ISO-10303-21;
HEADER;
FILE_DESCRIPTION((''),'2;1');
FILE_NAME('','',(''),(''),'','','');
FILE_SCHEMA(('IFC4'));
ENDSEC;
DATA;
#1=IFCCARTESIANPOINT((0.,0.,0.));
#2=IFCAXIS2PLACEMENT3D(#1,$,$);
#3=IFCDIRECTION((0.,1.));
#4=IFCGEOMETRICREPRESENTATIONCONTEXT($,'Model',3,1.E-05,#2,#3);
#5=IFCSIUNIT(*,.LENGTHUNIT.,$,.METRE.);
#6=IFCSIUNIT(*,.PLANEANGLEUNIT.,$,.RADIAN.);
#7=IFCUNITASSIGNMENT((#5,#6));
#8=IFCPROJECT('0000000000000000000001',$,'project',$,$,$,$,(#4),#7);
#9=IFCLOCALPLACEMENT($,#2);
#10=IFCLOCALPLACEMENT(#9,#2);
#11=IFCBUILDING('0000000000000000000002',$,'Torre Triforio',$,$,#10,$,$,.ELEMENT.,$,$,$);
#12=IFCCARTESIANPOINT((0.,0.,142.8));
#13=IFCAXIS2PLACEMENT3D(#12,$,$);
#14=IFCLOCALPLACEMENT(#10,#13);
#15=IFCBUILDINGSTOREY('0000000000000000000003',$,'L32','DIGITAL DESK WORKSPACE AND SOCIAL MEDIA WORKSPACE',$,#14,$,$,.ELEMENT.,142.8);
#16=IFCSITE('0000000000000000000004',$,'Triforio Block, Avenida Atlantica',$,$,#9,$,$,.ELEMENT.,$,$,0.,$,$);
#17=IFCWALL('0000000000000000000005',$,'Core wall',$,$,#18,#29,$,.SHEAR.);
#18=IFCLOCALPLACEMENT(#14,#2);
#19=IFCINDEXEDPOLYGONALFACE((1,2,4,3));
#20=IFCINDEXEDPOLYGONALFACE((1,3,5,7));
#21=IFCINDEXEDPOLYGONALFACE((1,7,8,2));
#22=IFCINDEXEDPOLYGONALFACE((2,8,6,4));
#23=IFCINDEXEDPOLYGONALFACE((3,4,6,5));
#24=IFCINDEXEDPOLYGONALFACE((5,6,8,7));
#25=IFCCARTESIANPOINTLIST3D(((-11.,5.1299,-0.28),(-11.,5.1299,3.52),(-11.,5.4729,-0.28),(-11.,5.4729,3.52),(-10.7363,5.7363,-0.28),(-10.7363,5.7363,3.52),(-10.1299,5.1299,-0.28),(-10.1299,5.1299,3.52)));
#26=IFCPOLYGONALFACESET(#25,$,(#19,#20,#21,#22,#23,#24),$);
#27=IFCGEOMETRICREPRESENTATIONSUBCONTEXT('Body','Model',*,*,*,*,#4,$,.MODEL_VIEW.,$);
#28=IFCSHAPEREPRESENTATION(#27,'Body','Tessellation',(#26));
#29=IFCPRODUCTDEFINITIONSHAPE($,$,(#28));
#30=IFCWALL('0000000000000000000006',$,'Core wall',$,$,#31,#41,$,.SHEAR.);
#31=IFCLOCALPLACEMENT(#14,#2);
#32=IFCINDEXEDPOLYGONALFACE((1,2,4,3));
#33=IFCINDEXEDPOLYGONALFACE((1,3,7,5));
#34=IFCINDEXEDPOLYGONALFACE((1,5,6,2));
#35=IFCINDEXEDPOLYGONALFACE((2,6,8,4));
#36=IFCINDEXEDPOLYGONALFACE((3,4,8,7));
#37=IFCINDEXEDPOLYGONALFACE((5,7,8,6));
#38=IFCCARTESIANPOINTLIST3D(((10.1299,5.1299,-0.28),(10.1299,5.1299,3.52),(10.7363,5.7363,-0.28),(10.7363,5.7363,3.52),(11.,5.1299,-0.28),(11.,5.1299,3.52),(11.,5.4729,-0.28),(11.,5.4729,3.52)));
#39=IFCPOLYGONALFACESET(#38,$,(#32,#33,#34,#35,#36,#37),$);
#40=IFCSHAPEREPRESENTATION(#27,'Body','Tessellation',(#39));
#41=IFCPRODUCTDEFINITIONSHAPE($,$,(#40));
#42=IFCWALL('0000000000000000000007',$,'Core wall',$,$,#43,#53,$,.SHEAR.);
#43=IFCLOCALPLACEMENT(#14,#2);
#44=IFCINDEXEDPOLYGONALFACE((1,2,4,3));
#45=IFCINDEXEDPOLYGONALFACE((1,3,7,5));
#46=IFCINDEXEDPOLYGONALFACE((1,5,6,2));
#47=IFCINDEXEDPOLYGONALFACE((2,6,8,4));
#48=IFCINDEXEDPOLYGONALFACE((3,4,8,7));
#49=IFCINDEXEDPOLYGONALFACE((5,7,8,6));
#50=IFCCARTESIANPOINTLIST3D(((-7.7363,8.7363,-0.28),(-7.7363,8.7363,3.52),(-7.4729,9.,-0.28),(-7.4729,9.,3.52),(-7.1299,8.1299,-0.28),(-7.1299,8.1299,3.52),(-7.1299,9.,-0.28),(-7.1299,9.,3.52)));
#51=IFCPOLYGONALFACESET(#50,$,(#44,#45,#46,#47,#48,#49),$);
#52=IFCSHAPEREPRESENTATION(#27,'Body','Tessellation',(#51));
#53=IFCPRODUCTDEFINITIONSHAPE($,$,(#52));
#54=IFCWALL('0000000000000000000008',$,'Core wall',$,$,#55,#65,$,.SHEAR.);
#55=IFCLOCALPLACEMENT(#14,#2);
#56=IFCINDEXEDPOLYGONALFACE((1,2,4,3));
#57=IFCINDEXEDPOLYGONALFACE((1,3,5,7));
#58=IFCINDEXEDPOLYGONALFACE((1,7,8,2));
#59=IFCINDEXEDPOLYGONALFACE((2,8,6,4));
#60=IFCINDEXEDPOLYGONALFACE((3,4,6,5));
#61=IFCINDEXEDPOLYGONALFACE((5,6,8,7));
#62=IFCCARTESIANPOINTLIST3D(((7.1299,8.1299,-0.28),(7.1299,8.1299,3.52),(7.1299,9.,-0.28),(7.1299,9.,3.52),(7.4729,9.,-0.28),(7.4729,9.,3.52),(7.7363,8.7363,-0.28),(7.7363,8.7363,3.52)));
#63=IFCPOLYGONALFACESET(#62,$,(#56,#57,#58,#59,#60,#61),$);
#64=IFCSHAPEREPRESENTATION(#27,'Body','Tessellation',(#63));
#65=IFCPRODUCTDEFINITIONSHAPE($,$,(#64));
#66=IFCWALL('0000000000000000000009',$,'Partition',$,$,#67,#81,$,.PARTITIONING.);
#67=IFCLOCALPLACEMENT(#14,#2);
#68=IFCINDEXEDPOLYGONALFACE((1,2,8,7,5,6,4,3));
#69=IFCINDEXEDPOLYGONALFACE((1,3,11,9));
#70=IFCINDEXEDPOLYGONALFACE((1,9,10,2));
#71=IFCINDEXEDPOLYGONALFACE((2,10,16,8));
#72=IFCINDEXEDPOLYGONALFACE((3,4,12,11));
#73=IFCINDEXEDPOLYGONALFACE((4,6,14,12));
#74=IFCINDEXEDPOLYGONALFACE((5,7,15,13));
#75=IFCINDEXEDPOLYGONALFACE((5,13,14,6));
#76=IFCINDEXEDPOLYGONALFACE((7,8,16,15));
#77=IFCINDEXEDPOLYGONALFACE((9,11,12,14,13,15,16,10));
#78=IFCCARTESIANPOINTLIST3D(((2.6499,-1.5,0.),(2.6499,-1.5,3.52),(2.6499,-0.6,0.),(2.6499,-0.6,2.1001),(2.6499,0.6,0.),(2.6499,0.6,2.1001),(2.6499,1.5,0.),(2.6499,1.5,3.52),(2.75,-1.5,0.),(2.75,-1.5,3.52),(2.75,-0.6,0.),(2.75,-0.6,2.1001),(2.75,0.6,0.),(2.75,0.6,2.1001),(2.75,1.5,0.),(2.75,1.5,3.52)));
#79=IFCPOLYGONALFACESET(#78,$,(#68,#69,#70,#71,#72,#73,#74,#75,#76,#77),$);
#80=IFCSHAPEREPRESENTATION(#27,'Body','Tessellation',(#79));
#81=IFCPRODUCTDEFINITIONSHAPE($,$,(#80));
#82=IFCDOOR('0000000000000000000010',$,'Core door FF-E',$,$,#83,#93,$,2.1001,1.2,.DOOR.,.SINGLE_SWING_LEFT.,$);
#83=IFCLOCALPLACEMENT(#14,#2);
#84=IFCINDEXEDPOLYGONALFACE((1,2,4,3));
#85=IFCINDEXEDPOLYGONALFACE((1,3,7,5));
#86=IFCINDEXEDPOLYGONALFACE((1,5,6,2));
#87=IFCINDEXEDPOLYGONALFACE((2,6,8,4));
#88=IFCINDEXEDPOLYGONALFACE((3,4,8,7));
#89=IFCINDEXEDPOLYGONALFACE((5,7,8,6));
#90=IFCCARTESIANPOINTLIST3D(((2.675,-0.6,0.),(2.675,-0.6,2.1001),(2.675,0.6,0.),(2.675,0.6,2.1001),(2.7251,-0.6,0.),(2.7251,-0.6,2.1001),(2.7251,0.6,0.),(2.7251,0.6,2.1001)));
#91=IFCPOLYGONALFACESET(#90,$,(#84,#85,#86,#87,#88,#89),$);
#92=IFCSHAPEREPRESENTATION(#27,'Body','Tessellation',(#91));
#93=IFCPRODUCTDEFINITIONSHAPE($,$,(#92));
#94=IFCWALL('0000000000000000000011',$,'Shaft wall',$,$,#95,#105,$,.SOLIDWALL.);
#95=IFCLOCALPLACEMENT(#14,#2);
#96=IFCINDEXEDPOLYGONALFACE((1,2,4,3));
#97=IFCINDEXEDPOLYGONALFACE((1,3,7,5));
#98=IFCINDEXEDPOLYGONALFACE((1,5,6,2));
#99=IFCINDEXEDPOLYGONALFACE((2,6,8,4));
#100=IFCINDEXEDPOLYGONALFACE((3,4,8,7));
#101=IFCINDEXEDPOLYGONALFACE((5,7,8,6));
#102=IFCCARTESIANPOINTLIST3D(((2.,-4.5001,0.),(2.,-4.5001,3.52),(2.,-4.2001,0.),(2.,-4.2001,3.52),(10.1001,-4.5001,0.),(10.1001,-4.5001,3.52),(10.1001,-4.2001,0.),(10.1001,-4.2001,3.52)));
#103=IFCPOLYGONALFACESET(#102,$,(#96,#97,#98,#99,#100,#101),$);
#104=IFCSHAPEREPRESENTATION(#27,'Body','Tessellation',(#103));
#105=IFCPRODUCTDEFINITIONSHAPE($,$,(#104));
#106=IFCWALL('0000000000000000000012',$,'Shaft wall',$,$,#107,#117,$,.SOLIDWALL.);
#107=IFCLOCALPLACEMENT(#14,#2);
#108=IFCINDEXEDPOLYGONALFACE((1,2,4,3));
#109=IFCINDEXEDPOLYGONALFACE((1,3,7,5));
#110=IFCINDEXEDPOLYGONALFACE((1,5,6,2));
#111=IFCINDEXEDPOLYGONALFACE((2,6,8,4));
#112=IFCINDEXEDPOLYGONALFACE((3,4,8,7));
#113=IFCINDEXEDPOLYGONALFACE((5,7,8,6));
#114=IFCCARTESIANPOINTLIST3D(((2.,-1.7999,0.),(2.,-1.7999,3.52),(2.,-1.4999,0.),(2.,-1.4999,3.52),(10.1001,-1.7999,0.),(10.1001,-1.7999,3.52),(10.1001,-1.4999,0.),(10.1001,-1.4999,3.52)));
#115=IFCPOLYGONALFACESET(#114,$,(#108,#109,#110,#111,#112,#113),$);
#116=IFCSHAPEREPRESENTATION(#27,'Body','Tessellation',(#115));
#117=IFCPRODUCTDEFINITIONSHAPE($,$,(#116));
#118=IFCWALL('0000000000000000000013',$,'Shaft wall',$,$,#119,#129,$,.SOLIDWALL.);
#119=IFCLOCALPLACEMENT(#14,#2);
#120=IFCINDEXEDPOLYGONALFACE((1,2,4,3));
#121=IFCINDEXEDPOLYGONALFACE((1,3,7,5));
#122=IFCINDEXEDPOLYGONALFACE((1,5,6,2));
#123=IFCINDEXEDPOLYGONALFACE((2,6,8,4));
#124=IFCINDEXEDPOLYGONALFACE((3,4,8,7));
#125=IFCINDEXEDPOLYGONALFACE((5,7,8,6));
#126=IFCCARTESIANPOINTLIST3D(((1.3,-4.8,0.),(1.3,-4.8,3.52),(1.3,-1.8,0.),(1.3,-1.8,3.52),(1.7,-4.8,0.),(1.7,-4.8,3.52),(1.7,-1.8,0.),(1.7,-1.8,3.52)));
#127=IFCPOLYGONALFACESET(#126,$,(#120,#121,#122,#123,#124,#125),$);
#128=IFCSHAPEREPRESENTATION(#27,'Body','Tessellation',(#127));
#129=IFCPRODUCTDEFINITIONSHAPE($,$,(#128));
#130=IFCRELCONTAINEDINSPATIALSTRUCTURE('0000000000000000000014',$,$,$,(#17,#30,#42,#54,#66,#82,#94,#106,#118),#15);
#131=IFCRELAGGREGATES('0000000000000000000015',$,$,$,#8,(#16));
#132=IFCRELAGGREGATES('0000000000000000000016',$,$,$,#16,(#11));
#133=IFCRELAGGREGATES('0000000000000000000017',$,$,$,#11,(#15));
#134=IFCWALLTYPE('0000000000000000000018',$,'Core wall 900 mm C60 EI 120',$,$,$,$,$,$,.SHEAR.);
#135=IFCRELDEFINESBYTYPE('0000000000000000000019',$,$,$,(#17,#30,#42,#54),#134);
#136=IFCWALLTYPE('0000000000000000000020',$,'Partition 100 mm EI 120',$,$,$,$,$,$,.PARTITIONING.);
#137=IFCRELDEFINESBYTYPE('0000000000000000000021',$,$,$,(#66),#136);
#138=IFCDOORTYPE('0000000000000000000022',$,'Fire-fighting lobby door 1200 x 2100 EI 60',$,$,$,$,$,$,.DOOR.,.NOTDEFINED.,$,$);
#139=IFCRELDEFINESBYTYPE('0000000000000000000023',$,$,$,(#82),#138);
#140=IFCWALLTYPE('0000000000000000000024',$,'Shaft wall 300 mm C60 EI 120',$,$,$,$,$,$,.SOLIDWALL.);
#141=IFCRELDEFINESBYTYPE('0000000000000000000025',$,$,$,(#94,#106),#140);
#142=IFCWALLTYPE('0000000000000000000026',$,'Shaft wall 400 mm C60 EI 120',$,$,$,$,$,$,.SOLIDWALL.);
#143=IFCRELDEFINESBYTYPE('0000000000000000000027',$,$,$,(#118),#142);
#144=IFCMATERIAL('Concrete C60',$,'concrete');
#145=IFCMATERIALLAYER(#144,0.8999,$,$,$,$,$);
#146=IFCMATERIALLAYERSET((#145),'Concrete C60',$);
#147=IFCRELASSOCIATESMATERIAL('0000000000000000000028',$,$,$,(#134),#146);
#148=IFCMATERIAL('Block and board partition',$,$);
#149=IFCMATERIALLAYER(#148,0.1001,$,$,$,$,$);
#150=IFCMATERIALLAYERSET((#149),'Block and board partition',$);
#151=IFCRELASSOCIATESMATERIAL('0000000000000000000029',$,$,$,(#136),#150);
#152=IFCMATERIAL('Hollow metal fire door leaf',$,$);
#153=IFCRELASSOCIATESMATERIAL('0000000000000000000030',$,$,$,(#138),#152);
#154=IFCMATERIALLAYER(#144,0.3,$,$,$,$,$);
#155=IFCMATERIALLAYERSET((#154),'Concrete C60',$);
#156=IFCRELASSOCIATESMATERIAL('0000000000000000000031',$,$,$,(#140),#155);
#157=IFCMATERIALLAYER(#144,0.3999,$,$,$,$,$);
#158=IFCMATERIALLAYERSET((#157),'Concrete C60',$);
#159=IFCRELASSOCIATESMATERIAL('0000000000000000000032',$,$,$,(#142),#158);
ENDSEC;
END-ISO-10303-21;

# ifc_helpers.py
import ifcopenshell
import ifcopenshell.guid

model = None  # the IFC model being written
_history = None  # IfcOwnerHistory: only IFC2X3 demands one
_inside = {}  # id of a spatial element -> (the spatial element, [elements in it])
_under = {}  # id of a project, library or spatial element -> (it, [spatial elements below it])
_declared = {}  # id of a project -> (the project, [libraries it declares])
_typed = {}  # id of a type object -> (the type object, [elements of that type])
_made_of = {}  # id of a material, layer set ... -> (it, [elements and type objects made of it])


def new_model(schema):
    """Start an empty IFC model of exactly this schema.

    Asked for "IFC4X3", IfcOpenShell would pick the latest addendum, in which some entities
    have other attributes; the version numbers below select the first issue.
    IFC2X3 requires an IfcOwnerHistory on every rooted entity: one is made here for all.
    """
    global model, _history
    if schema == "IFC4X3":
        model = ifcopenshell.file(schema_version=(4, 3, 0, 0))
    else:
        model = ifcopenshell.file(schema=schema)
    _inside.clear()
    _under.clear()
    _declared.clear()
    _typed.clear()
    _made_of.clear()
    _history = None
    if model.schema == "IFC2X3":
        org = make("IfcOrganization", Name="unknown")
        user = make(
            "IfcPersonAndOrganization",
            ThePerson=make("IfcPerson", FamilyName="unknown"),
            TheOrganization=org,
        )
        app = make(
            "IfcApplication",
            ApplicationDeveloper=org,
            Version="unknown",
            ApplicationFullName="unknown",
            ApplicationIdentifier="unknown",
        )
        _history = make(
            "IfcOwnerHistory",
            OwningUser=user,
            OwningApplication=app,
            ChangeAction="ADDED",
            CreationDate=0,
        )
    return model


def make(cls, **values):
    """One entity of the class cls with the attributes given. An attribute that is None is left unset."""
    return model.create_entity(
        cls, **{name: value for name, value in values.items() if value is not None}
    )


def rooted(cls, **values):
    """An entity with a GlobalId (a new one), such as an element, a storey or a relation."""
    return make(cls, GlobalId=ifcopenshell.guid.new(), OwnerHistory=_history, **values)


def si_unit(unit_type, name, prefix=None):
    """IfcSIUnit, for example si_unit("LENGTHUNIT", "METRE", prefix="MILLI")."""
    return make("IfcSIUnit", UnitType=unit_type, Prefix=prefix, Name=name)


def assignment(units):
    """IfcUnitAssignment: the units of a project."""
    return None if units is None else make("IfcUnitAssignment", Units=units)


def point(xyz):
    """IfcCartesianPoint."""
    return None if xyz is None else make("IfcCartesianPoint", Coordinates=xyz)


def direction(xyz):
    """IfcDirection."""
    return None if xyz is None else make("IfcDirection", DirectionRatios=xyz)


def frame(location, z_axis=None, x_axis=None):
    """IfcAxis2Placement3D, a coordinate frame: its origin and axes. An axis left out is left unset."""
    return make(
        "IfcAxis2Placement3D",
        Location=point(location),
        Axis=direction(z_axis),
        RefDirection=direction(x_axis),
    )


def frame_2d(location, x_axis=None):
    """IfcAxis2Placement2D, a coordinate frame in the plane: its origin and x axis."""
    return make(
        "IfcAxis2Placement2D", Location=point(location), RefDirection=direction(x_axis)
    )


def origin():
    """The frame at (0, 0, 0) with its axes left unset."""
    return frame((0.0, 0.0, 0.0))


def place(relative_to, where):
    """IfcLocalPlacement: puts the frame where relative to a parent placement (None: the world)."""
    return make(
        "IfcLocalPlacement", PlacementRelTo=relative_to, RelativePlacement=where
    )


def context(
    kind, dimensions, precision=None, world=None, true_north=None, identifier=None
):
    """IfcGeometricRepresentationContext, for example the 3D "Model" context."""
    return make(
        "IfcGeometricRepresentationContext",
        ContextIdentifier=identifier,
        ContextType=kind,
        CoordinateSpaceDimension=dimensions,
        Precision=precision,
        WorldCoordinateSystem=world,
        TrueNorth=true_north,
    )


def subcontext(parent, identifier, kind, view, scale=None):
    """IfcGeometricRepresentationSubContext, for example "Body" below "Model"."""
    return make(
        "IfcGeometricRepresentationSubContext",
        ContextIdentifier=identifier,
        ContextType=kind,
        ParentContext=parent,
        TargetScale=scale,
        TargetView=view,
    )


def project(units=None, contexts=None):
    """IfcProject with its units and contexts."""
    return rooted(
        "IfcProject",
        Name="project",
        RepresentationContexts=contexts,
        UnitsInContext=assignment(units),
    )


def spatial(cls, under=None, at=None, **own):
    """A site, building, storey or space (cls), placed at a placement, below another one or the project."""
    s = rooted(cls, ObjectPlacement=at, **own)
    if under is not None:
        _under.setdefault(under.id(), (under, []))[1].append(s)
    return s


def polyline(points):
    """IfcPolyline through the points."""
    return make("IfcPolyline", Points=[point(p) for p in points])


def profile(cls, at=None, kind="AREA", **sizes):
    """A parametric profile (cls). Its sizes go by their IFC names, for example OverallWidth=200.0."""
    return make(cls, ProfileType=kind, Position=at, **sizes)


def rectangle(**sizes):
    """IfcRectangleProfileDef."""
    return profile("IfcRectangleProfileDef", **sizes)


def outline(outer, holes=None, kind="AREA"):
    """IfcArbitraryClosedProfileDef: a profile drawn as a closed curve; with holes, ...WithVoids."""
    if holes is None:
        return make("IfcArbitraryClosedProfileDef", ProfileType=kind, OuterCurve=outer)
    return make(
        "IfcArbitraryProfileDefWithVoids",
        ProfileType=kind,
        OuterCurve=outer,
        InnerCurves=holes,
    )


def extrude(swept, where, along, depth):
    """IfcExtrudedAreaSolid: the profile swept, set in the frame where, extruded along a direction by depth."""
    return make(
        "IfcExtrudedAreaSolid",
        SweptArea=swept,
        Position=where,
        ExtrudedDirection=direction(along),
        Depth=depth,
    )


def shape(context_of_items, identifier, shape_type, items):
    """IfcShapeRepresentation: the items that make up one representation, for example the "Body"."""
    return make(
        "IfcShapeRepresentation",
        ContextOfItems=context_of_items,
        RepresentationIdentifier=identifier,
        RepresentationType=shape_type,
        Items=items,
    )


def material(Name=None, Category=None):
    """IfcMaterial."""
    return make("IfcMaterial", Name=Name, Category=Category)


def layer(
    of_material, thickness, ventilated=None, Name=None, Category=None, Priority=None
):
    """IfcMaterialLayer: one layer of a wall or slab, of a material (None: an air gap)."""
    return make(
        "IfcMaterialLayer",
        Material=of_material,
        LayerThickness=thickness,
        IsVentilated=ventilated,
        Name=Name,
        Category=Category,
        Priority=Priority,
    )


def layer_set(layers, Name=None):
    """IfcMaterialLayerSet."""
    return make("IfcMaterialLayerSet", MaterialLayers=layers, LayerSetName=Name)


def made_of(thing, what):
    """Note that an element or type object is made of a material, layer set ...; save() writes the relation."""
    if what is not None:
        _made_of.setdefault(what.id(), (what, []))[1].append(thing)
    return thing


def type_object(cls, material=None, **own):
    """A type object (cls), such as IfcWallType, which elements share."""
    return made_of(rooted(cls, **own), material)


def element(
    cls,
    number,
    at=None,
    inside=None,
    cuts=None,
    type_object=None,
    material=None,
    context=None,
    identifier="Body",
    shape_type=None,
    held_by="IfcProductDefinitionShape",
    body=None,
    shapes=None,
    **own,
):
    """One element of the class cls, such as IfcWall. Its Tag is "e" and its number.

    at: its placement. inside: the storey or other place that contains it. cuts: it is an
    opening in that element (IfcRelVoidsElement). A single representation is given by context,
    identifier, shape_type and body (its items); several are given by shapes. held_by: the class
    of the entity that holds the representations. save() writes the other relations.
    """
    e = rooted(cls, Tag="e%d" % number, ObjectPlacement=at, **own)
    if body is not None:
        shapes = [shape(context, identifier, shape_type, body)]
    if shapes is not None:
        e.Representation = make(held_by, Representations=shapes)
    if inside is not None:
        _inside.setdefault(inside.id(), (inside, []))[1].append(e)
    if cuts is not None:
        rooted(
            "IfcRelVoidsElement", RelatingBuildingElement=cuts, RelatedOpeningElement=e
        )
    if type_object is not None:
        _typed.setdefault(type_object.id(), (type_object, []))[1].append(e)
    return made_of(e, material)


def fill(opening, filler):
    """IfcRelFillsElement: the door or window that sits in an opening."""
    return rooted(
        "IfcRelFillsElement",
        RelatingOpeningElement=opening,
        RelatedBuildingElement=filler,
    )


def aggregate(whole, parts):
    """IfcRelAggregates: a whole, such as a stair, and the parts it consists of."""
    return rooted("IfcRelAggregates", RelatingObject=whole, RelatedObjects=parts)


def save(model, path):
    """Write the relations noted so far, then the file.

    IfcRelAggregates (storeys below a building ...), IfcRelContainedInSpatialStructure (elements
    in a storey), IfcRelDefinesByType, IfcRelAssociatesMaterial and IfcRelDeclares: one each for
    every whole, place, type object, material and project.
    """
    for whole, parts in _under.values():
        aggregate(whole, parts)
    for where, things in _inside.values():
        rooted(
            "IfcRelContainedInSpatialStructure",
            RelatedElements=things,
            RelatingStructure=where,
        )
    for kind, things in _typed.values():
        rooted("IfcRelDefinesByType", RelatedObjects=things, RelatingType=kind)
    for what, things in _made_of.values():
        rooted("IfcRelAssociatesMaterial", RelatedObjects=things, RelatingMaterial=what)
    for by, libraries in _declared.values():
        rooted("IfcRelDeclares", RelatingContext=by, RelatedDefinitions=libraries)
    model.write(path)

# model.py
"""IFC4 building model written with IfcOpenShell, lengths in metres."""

from ifc_helpers import new_model, si_unit, direction, frame, frame_2d, origin, place, context, subcontext, project, spatial, polyline, rectangle, outline, extrude, material, layer, layer_set, type_object, element, fill, save


model = new_model("IFC4")

# Units and contexts
model_context = context("Model", 3, precision=1e-05, world=origin(), true_north=direction((0.0, 1.0)))
body_context = subcontext(model_context, "Body", "Model", "MODEL_VIEW")
ifc_project = project(units=[si_unit("LENGTHUNIT", "METRE"), si_unit("PLANEANGLEUNIT", "RADIAN")], contexts=[model_context])

# Site, building, storey
site_placement = place(None, origin())
site = spatial("IfcSite", under=ifc_project, at=site_placement, Name="Triforio Block, Avenida Atlantica", CompositionType="ELEMENT", RefElevation=0.0)
building_placement = place(site_placement, origin())
building = spatial("IfcBuilding", under=site, at=building_placement, Name="Torre Triforio", CompositionType="ELEMENT")
storey_placement = place(building_placement, frame((0.0, 0.0, 142.8)))
storey = spatial("IfcBuildingStorey", under=building, at=storey_placement, Name="L32", Description="DIGITAL DESK WORKSPACE AND SOCIAL MEDIA WORKSPACE", CompositionType="ELEMENT", Elevation=142.8)

# Shared definitions
ifc_material_1 = material(Name="Concrete C60", Category="concrete")

# Walls
ifc_layer_1 = layer(ifc_material_1, 0.8999)
ifc_layer_set_1 = layer_set([ifc_layer_1], Name="Concrete C60")
wall_type_1 = type_object("IfcWallType", Name="Core wall 900 mm C60 EI 120", PredefinedType="SHEAR", material=ifc_layer_set_1)
wall_1_placement = place(storey_placement, frame((0.0, 0.0, -0.28)))
element("IfcWall", 1, at=wall_1_placement, inside=storey, type_object=wall_type_1, Name="Core wall", PredefinedType="SHEAR", context=body_context, shape_type="SweptSolid", body=[
    extrude(outline(polyline([(-10.7363, 5.7363), (-10.1299, 5.1299), (-11.0, 5.1299), (-11.0, 5.4729), (-10.7363, 5.7363)])), origin(), (0.0, 0.0, 1.0), 3.8),
])
wall_2_placement = place(storey_placement, frame((0.0, 0.0, -0.28)))
element("IfcWall", 2, at=wall_2_placement, inside=storey, type_object=wall_type_1, Name="Core wall", PredefinedType="SHEAR", context=body_context, shape_type="SweptSolid", body=[
    extrude(outline(polyline([(11.0, 5.4729), (11.0, 5.1299), (10.1299, 5.1299), (10.7363, 5.7363), (11.0, 5.4729)])), origin(), (0.0, 0.0, 1.0), 3.8),
])
wall_3_placement = place(storey_placement, frame((0.0, 0.0, -0.28)))
element("IfcWall", 3, at=wall_3_placement, inside=storey, type_object=wall_type_1, Name="Core wall", PredefinedType="SHEAR", context=body_context, shape_type="SweptSolid", body=[
    extrude(outline(polyline([(-7.4729, 9.0), (-7.1299, 9.0), (-7.1299, 8.1299), (-7.7363, 8.7363), (-7.4729, 9.0)])), origin(), (0.0, 0.0, 1.0), 3.8),
])
wall_4_placement = place(storey_placement, frame((0.0, 0.0, -0.28)))
element("IfcWall", 4, at=wall_4_placement, inside=storey, type_object=wall_type_1, Name="Core wall", PredefinedType="SHEAR", context=body_context, shape_type="SweptSolid", body=[
    extrude(outline(polyline([(7.4729, 9.0), (7.7363, 8.7363), (7.1299, 8.1299), (7.1299, 9.0), (7.4729, 9.0)])), origin(), (0.0, 0.0, 1.0), 3.8),
])

# Wall, opening, door
ifc_material_2 = material(Name="Block and board partition")
ifc_layer_2 = layer(ifc_material_2, 0.1001)
ifc_layer_set_2 = layer_set([ifc_layer_2], Name="Block and board partition")
wall_type_2 = type_object("IfcWallType", Name="Partition 100 mm EI 120", PredefinedType="PARTITIONING", material=ifc_layer_set_2)
wall_5_placement = place(storey_placement, frame((2.7, -1.5, 0.0), z_axis=(0.0, 0.0, 1.0), x_axis=(0.0, 1.0, 0.0)))
wall_5 = element("IfcWall", 5, at=wall_5_placement, inside=storey, type_object=wall_type_2, Name="Partition", PredefinedType="PARTITIONING", context=body_context, shape_type="SweptSolid", body=[
    extrude(rectangle(XDim=3.0, YDim=0.1001, at=frame_2d((1.5, 0.0))), origin(), (0.0, 0.0, 1.0), 3.52),
])
opening_placement = place(wall_5_placement, frame((0.8999, 0.0, 0.0)))
opening = element("IfcOpeningElement", 6, at=opening_placement, cuts=wall_5, PredefinedType="OPENING", context=body_context, shape_type="SweptSolid", body=[
    extrude(rectangle(XDim=1.2, YDim=2.1001, at=frame_2d((0.6001, 1.05))), frame((0.0, 0.0601, 0.0), z_axis=(0.0, -1.0, 0.0), x_axis=(1.0, 0.0, 0.0)), (0.0, 0.0, 1.0), 0.1201),
])
ifc_material_3 = material(Name="Hollow metal fire door leaf")
door_type = type_object("IfcDoorType", Name="Fire-fighting lobby door 1200 x 2100 EI 60", OperationType="NOTDEFINED", PredefinedType="DOOR", material=ifc_material_3)
door_placement = place(opening_placement, origin())
door = element("IfcDoor", 7, at=door_placement, inside=storey, type_object=door_type, Name="Core door FF-E", OperationType="SINGLE_SWING_LEFT", OverallHeight=2.1001, OverallWidth=1.2, PredefinedType="DOOR", context=body_context, shape_type="SweptSolid", body=[
    extrude(rectangle(XDim=1.2, YDim=2.1001, at=frame_2d((0.6001, 1.05))), frame((0.0, 0.0249, 0.0), z_axis=(0.0, -1.0, 0.0), x_axis=(1.0, 0.0, 0.0)), (0.0, 0.0, 1.0), 0.05),
])
fill(opening, door)

# Walls
ifc_layer_3 = layer(ifc_material_1, 0.3)
ifc_layer_set_3 = layer_set([ifc_layer_3], Name="Concrete C60")
wall_type_3 = type_object("IfcWallType", Name="Shaft wall 300 mm C60 EI 120", PredefinedType="SOLIDWALL", material=ifc_layer_set_3)
for number, where, z_axis, x_axis, name in (
    (8, (2.0, -4.3501, 0.0), (0.0, 0.0, 1.0), (1.0, 0.0, 0.0), "Shaft wall"),
    (9, (2.0, -1.6499, 0.0), (0.0, 0.0, 1.0), (1.0, 0.0, 0.0), "Shaft wall"),
):
    element("IfcWall", number, at=place(storey_placement, frame(where, z_axis=z_axis, x_axis=x_axis)), inside=storey, type_object=wall_type_3, Name=name, PredefinedType="SOLIDWALL", context=body_context, shape_type="SweptSolid", body=[
        extrude(rectangle(XDim=8.1001, YDim=0.3, at=frame_2d((4.05, 0.0))), origin(), (0.0, 0.0, 1.0), 3.52),
    ])
ifc_layer_4 = layer(ifc_material_1, 0.3999)
ifc_layer_set_4 = layer_set([ifc_layer_4], Name="Concrete C60")
wall_type_4 = type_object("IfcWallType", Name="Shaft wall 400 mm C60 EI 120", PredefinedType="SOLIDWALL", material=ifc_layer_set_4)
wall_6_placement = place(storey_placement, frame((1.5, -4.8, 0.0), z_axis=(0.0, 0.0, 1.0), x_axis=(0.0, 1.0, 0.0)))
element("IfcWall", 10, at=wall_6_placement, inside=storey, type_object=wall_type_4, Name="Shaft wall", PredefinedType="SOLIDWALL", context=body_context, shape_type="SweptSolid", body=[
    extrude(rectangle(XDim=3.0, YDim=0.3999, at=frame_2d((1.5, 0.0))), origin(), (0.0, 0.0, 1.0), 3.52),
])

save(model, "model.ifc")
